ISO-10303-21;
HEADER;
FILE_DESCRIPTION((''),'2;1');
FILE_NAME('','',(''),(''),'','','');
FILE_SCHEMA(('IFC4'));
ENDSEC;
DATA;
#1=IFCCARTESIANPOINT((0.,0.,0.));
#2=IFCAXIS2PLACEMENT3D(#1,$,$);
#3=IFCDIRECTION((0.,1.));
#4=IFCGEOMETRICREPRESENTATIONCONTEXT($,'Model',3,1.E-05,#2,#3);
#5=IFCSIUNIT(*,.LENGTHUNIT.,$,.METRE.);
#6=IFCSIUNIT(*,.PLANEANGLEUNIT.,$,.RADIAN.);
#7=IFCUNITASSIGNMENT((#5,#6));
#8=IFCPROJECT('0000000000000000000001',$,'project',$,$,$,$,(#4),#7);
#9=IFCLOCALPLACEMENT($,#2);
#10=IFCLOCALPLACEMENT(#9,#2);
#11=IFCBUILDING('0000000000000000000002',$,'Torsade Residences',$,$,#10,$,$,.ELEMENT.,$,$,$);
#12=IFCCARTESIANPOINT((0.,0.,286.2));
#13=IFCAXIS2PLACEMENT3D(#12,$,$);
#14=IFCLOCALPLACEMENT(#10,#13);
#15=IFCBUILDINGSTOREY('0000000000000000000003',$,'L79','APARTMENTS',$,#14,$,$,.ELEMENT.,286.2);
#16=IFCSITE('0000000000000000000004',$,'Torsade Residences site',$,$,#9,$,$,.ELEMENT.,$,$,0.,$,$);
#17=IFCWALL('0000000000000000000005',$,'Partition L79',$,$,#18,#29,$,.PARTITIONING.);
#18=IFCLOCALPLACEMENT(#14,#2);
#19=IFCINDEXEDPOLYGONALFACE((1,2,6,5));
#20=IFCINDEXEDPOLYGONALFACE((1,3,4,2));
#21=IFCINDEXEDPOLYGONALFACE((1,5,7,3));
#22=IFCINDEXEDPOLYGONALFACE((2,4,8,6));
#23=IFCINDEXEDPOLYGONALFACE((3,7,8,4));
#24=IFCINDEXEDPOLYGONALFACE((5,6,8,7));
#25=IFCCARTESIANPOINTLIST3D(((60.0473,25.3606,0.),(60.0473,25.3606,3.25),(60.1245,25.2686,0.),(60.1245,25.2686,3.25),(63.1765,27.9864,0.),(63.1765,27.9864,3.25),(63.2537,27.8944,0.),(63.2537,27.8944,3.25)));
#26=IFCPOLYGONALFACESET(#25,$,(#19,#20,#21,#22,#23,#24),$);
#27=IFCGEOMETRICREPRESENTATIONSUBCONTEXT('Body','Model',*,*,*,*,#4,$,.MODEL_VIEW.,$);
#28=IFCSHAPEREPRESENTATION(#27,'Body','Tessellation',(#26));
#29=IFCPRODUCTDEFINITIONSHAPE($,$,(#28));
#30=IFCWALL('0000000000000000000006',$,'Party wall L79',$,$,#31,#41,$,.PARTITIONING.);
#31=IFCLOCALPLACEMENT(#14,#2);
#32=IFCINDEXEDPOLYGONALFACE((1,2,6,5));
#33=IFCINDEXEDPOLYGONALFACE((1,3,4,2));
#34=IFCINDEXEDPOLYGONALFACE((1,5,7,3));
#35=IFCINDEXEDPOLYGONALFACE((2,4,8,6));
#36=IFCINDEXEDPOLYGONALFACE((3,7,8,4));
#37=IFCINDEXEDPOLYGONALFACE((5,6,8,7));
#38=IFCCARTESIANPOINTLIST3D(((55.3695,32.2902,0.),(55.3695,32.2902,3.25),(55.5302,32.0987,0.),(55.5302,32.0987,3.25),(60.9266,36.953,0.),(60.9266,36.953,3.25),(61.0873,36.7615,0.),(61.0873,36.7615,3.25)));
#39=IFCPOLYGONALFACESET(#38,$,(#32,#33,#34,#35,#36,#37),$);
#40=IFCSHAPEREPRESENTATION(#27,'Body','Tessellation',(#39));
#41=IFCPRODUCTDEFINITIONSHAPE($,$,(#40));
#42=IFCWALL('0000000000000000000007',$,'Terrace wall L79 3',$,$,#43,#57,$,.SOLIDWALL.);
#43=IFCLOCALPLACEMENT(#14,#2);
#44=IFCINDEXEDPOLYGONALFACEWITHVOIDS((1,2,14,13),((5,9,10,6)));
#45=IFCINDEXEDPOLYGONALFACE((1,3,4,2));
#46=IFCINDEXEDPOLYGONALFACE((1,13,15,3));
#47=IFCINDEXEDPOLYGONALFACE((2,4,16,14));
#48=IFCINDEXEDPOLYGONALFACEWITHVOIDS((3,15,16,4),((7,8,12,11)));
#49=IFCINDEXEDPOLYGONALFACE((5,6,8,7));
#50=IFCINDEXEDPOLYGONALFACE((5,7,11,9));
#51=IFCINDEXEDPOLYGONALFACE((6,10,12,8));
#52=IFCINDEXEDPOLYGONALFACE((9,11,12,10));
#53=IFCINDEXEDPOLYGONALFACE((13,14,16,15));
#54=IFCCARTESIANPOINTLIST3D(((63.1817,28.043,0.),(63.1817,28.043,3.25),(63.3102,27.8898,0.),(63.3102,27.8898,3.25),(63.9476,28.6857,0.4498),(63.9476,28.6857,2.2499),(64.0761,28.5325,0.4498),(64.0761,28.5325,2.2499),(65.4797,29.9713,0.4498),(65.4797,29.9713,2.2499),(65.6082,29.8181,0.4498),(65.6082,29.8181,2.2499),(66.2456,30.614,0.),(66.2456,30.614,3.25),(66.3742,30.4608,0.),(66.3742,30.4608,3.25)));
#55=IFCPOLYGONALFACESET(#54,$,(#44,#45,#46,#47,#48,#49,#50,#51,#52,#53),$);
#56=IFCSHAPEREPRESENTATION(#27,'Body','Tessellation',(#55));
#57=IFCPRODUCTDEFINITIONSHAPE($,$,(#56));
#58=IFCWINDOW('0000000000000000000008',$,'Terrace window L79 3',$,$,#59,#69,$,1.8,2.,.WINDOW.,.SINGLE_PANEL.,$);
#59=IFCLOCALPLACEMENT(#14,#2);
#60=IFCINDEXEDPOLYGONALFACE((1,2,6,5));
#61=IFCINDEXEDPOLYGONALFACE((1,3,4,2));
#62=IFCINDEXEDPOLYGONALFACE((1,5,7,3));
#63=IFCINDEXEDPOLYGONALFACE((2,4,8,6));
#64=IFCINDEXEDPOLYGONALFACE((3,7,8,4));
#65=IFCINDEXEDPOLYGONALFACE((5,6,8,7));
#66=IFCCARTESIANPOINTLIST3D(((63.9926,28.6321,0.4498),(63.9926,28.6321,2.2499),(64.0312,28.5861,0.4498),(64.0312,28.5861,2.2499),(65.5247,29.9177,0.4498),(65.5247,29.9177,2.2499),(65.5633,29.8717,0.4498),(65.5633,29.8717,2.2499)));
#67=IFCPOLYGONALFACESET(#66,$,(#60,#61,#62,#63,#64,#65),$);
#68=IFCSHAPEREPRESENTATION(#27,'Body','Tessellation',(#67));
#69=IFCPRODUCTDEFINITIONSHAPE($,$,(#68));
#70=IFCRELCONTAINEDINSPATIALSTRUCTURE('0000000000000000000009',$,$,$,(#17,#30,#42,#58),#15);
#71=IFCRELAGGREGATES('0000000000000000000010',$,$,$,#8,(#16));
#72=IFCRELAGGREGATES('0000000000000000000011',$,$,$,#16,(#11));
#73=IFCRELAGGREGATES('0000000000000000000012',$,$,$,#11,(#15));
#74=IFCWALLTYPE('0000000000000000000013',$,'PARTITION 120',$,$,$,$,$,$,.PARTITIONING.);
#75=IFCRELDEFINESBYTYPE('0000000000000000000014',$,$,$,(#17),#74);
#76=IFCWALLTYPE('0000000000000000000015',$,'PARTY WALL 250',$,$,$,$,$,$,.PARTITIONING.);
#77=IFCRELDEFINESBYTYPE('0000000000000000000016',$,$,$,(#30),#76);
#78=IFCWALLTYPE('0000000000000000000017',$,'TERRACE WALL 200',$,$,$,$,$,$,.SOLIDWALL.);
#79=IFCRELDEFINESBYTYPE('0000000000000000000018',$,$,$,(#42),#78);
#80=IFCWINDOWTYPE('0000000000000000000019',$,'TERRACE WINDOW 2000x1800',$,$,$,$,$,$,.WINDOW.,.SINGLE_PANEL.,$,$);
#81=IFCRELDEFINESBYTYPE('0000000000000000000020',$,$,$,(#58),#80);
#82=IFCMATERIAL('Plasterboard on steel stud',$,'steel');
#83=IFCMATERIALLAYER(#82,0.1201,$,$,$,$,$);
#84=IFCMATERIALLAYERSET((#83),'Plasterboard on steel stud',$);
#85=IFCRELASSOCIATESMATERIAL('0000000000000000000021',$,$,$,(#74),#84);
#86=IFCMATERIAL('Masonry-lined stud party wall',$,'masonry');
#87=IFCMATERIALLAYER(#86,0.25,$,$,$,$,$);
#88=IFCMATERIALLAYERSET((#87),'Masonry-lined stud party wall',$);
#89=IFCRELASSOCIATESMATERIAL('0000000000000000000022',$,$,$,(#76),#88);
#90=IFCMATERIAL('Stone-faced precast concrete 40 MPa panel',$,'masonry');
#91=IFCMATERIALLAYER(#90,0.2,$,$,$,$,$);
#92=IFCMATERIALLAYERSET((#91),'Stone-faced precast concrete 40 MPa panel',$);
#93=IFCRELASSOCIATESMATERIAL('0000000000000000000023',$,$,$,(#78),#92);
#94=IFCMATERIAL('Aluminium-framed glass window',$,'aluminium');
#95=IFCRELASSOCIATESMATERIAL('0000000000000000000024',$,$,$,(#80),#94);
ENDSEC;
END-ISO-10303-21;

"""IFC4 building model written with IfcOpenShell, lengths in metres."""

from ifc_helpers import new_model, si_unit, direction, frame, frame_2d, origin, place, context, subcontext, project, spatial, rectangle, extrude, material, layer, layer_set, type_object, element, fill, save


model = new_model("IFC4")

# Units and contexts
model_context = context("Model", 3, precision=1e-05, world=origin(), true_north=direction((0.0, 1.0)))
body_context = subcontext(model_context, "Body", "Model", "MODEL_VIEW")
ifc_project = project(units=[si_unit("LENGTHUNIT", "METRE"), si_unit("PLANEANGLEUNIT", "RADIAN")], contexts=[model_context])

# Site, building, storey
site_placement = place(None, origin())
site = spatial("IfcSite", under=ifc_project, at=site_placement, Name="Torsade Residences site", CompositionType="ELEMENT", RefElevation=0.0)
building_placement = place(site_placement, origin())
building = spatial("IfcBuilding", under=site, at=building_placement, Name="Torsade Residences", CompositionType="ELEMENT")
storey_placement = place(building_placement, frame((0.0, 0.0, 286.2)))
storey = spatial("IfcBuildingStorey", under=building, at=storey_placement, Name="L79", Description="APARTMENTS", CompositionType="ELEMENT", Elevation=286.2)

# Walls
ifc_material_1 = material(Name="Plasterboard on steel stud", Category="steel")
ifc_layer_1 = layer(ifc_material_1, 0.1201)
ifc_layer_set_1 = layer_set([ifc_layer_1], Name="Plasterboard on steel stud")
wall_type_1 = type_object("IfcWallType", Name="PARTITION 120", PredefinedType="PARTITIONING", material=ifc_layer_set_1)
wall_1_placement = place(storey_placement, frame((63.2151, 27.9404, 0.0), z_axis=(0.0, 0.0, 1.0), x_axis=(-0.766037, -0.642797, 0.0)))
element("IfcWall", 1, at=wall_1_placement, inside=storey, type_object=wall_type_1, Name="Partition L79", PredefinedType="PARTITIONING", context=body_context, shape_type="SweptSolid", body=[
    extrude(rectangle(XDim=4.085, YDim=0.1201, at=frame_2d((2.0425, 0.0))), origin(), (0.0, 0.0, 1.0), 3.25),
])
ifc_material_2 = material(Name="Masonry-lined stud party wall", Category="masonry")
ifc_layer_2 = layer(ifc_material_2, 0.25)
ifc_layer_set_2 = layer_set([ifc_layer_2], Name="Masonry-lined stud party wall")
wall_type_2 = type_object("IfcWallType", Name="PARTY WALL 250", PredefinedType="PARTITIONING", material=ifc_layer_set_2)
wall_2_placement = place(storey_placement, frame((61.0068, 36.8572, 0.0), z_axis=(0.0, 0.0, 1.0), x_axis=(-0.766054, -0.642776, 0.0)))
element("IfcWall", 2, at=wall_2_placement, inside=storey, type_object=wall_type_2, Name="Party wall L79", PredefinedType="PARTITIONING", context=body_context, shape_type="SweptSolid", body=[
    extrude(rectangle(XDim=7.2542, YDim=0.25, at=frame_2d((3.627, 0.0))), origin(), (0.0, 0.0, 1.0), 3.25),
])

# Wall, opening, window
ifc_material_3 = material(Name="Stone-faced precast concrete 40 MPa panel", Category="masonry")
ifc_layer_3 = layer(ifc_material_3, 0.2)
ifc_layer_set_3 = layer_set([ifc_layer_3], Name="Stone-faced precast concrete 40 MPa panel")
wall_type_3 = type_object("IfcWallType", Name="TERRACE WALL 200", PredefinedType="SOLIDWALL", material=ifc_layer_set_3)
wall_3_placement = place(storey_placement, frame((63.2458, 27.9663, 0.0), z_axis=(0.0, 0.0, 1.0), x_axis=(0.766035, 0.642798, 0.0)))
wall_3 = element("IfcWall", 3, at=wall_3_placement, inside=storey, type_object=wall_type_3, Name="Terrace wall L79 3", PredefinedType="SOLIDWALL", context=body_context, shape_type="SweptSolid", body=[
    extrude(rectangle(XDim=3.9998, YDim=0.2, at=frame_2d((2.0, 0.0))), origin(), (0.0, 0.0, 1.0), 3.25),
])
opening_placement = place(wall_3_placement, frame((1.0, 0.0, 0.45)))
opening = element("IfcOpeningElement", 4, at=opening_placement, cuts=wall_3, PredefinedType="OPENING", context=body_context, shape_type="SweptSolid", body=[
    extrude(rectangle(XDim=2.0, YDim=1.8, at=frame_2d((1.0, 0.8999))), frame((0.0, 0.1099, 0.0), z_axis=(0.0, -1.0, 0.0), x_axis=(1.0, 0.0, 0.0)), (0.0, 0.0, 1.0), 0.22),
])
ifc_material_4 = material(Name="Aluminium-framed glass window", Category="aluminium")
window_type = type_object("IfcWindowType", Name="TERRACE WINDOW 2000x1800", PartitioningType="SINGLE_PANEL", PredefinedType="WINDOW", material=ifc_material_4)
window_placement = place(opening_placement, origin())
window = element("IfcWindow", 5, at=window_placement, inside=storey, type_object=window_type, Name="Terrace window L79 3", OverallHeight=1.8, OverallWidth=2.0, PartitioningType="SINGLE_PANEL", PredefinedType="WINDOW", context=body_context, shape_type="SweptSolid", body=[
    extrude(rectangle(XDim=2.0, YDim=1.8, at=frame_2d((1.0, 0.8999))), frame((0.0, 0.03, 0.0), z_axis=(0.0, -1.0, 0.0), x_axis=(1.0, 0.0, 0.0)), (0.0, 0.0, 1.0), 0.0601),
])
fill(opening, window)

save(model, "model.ifc")
